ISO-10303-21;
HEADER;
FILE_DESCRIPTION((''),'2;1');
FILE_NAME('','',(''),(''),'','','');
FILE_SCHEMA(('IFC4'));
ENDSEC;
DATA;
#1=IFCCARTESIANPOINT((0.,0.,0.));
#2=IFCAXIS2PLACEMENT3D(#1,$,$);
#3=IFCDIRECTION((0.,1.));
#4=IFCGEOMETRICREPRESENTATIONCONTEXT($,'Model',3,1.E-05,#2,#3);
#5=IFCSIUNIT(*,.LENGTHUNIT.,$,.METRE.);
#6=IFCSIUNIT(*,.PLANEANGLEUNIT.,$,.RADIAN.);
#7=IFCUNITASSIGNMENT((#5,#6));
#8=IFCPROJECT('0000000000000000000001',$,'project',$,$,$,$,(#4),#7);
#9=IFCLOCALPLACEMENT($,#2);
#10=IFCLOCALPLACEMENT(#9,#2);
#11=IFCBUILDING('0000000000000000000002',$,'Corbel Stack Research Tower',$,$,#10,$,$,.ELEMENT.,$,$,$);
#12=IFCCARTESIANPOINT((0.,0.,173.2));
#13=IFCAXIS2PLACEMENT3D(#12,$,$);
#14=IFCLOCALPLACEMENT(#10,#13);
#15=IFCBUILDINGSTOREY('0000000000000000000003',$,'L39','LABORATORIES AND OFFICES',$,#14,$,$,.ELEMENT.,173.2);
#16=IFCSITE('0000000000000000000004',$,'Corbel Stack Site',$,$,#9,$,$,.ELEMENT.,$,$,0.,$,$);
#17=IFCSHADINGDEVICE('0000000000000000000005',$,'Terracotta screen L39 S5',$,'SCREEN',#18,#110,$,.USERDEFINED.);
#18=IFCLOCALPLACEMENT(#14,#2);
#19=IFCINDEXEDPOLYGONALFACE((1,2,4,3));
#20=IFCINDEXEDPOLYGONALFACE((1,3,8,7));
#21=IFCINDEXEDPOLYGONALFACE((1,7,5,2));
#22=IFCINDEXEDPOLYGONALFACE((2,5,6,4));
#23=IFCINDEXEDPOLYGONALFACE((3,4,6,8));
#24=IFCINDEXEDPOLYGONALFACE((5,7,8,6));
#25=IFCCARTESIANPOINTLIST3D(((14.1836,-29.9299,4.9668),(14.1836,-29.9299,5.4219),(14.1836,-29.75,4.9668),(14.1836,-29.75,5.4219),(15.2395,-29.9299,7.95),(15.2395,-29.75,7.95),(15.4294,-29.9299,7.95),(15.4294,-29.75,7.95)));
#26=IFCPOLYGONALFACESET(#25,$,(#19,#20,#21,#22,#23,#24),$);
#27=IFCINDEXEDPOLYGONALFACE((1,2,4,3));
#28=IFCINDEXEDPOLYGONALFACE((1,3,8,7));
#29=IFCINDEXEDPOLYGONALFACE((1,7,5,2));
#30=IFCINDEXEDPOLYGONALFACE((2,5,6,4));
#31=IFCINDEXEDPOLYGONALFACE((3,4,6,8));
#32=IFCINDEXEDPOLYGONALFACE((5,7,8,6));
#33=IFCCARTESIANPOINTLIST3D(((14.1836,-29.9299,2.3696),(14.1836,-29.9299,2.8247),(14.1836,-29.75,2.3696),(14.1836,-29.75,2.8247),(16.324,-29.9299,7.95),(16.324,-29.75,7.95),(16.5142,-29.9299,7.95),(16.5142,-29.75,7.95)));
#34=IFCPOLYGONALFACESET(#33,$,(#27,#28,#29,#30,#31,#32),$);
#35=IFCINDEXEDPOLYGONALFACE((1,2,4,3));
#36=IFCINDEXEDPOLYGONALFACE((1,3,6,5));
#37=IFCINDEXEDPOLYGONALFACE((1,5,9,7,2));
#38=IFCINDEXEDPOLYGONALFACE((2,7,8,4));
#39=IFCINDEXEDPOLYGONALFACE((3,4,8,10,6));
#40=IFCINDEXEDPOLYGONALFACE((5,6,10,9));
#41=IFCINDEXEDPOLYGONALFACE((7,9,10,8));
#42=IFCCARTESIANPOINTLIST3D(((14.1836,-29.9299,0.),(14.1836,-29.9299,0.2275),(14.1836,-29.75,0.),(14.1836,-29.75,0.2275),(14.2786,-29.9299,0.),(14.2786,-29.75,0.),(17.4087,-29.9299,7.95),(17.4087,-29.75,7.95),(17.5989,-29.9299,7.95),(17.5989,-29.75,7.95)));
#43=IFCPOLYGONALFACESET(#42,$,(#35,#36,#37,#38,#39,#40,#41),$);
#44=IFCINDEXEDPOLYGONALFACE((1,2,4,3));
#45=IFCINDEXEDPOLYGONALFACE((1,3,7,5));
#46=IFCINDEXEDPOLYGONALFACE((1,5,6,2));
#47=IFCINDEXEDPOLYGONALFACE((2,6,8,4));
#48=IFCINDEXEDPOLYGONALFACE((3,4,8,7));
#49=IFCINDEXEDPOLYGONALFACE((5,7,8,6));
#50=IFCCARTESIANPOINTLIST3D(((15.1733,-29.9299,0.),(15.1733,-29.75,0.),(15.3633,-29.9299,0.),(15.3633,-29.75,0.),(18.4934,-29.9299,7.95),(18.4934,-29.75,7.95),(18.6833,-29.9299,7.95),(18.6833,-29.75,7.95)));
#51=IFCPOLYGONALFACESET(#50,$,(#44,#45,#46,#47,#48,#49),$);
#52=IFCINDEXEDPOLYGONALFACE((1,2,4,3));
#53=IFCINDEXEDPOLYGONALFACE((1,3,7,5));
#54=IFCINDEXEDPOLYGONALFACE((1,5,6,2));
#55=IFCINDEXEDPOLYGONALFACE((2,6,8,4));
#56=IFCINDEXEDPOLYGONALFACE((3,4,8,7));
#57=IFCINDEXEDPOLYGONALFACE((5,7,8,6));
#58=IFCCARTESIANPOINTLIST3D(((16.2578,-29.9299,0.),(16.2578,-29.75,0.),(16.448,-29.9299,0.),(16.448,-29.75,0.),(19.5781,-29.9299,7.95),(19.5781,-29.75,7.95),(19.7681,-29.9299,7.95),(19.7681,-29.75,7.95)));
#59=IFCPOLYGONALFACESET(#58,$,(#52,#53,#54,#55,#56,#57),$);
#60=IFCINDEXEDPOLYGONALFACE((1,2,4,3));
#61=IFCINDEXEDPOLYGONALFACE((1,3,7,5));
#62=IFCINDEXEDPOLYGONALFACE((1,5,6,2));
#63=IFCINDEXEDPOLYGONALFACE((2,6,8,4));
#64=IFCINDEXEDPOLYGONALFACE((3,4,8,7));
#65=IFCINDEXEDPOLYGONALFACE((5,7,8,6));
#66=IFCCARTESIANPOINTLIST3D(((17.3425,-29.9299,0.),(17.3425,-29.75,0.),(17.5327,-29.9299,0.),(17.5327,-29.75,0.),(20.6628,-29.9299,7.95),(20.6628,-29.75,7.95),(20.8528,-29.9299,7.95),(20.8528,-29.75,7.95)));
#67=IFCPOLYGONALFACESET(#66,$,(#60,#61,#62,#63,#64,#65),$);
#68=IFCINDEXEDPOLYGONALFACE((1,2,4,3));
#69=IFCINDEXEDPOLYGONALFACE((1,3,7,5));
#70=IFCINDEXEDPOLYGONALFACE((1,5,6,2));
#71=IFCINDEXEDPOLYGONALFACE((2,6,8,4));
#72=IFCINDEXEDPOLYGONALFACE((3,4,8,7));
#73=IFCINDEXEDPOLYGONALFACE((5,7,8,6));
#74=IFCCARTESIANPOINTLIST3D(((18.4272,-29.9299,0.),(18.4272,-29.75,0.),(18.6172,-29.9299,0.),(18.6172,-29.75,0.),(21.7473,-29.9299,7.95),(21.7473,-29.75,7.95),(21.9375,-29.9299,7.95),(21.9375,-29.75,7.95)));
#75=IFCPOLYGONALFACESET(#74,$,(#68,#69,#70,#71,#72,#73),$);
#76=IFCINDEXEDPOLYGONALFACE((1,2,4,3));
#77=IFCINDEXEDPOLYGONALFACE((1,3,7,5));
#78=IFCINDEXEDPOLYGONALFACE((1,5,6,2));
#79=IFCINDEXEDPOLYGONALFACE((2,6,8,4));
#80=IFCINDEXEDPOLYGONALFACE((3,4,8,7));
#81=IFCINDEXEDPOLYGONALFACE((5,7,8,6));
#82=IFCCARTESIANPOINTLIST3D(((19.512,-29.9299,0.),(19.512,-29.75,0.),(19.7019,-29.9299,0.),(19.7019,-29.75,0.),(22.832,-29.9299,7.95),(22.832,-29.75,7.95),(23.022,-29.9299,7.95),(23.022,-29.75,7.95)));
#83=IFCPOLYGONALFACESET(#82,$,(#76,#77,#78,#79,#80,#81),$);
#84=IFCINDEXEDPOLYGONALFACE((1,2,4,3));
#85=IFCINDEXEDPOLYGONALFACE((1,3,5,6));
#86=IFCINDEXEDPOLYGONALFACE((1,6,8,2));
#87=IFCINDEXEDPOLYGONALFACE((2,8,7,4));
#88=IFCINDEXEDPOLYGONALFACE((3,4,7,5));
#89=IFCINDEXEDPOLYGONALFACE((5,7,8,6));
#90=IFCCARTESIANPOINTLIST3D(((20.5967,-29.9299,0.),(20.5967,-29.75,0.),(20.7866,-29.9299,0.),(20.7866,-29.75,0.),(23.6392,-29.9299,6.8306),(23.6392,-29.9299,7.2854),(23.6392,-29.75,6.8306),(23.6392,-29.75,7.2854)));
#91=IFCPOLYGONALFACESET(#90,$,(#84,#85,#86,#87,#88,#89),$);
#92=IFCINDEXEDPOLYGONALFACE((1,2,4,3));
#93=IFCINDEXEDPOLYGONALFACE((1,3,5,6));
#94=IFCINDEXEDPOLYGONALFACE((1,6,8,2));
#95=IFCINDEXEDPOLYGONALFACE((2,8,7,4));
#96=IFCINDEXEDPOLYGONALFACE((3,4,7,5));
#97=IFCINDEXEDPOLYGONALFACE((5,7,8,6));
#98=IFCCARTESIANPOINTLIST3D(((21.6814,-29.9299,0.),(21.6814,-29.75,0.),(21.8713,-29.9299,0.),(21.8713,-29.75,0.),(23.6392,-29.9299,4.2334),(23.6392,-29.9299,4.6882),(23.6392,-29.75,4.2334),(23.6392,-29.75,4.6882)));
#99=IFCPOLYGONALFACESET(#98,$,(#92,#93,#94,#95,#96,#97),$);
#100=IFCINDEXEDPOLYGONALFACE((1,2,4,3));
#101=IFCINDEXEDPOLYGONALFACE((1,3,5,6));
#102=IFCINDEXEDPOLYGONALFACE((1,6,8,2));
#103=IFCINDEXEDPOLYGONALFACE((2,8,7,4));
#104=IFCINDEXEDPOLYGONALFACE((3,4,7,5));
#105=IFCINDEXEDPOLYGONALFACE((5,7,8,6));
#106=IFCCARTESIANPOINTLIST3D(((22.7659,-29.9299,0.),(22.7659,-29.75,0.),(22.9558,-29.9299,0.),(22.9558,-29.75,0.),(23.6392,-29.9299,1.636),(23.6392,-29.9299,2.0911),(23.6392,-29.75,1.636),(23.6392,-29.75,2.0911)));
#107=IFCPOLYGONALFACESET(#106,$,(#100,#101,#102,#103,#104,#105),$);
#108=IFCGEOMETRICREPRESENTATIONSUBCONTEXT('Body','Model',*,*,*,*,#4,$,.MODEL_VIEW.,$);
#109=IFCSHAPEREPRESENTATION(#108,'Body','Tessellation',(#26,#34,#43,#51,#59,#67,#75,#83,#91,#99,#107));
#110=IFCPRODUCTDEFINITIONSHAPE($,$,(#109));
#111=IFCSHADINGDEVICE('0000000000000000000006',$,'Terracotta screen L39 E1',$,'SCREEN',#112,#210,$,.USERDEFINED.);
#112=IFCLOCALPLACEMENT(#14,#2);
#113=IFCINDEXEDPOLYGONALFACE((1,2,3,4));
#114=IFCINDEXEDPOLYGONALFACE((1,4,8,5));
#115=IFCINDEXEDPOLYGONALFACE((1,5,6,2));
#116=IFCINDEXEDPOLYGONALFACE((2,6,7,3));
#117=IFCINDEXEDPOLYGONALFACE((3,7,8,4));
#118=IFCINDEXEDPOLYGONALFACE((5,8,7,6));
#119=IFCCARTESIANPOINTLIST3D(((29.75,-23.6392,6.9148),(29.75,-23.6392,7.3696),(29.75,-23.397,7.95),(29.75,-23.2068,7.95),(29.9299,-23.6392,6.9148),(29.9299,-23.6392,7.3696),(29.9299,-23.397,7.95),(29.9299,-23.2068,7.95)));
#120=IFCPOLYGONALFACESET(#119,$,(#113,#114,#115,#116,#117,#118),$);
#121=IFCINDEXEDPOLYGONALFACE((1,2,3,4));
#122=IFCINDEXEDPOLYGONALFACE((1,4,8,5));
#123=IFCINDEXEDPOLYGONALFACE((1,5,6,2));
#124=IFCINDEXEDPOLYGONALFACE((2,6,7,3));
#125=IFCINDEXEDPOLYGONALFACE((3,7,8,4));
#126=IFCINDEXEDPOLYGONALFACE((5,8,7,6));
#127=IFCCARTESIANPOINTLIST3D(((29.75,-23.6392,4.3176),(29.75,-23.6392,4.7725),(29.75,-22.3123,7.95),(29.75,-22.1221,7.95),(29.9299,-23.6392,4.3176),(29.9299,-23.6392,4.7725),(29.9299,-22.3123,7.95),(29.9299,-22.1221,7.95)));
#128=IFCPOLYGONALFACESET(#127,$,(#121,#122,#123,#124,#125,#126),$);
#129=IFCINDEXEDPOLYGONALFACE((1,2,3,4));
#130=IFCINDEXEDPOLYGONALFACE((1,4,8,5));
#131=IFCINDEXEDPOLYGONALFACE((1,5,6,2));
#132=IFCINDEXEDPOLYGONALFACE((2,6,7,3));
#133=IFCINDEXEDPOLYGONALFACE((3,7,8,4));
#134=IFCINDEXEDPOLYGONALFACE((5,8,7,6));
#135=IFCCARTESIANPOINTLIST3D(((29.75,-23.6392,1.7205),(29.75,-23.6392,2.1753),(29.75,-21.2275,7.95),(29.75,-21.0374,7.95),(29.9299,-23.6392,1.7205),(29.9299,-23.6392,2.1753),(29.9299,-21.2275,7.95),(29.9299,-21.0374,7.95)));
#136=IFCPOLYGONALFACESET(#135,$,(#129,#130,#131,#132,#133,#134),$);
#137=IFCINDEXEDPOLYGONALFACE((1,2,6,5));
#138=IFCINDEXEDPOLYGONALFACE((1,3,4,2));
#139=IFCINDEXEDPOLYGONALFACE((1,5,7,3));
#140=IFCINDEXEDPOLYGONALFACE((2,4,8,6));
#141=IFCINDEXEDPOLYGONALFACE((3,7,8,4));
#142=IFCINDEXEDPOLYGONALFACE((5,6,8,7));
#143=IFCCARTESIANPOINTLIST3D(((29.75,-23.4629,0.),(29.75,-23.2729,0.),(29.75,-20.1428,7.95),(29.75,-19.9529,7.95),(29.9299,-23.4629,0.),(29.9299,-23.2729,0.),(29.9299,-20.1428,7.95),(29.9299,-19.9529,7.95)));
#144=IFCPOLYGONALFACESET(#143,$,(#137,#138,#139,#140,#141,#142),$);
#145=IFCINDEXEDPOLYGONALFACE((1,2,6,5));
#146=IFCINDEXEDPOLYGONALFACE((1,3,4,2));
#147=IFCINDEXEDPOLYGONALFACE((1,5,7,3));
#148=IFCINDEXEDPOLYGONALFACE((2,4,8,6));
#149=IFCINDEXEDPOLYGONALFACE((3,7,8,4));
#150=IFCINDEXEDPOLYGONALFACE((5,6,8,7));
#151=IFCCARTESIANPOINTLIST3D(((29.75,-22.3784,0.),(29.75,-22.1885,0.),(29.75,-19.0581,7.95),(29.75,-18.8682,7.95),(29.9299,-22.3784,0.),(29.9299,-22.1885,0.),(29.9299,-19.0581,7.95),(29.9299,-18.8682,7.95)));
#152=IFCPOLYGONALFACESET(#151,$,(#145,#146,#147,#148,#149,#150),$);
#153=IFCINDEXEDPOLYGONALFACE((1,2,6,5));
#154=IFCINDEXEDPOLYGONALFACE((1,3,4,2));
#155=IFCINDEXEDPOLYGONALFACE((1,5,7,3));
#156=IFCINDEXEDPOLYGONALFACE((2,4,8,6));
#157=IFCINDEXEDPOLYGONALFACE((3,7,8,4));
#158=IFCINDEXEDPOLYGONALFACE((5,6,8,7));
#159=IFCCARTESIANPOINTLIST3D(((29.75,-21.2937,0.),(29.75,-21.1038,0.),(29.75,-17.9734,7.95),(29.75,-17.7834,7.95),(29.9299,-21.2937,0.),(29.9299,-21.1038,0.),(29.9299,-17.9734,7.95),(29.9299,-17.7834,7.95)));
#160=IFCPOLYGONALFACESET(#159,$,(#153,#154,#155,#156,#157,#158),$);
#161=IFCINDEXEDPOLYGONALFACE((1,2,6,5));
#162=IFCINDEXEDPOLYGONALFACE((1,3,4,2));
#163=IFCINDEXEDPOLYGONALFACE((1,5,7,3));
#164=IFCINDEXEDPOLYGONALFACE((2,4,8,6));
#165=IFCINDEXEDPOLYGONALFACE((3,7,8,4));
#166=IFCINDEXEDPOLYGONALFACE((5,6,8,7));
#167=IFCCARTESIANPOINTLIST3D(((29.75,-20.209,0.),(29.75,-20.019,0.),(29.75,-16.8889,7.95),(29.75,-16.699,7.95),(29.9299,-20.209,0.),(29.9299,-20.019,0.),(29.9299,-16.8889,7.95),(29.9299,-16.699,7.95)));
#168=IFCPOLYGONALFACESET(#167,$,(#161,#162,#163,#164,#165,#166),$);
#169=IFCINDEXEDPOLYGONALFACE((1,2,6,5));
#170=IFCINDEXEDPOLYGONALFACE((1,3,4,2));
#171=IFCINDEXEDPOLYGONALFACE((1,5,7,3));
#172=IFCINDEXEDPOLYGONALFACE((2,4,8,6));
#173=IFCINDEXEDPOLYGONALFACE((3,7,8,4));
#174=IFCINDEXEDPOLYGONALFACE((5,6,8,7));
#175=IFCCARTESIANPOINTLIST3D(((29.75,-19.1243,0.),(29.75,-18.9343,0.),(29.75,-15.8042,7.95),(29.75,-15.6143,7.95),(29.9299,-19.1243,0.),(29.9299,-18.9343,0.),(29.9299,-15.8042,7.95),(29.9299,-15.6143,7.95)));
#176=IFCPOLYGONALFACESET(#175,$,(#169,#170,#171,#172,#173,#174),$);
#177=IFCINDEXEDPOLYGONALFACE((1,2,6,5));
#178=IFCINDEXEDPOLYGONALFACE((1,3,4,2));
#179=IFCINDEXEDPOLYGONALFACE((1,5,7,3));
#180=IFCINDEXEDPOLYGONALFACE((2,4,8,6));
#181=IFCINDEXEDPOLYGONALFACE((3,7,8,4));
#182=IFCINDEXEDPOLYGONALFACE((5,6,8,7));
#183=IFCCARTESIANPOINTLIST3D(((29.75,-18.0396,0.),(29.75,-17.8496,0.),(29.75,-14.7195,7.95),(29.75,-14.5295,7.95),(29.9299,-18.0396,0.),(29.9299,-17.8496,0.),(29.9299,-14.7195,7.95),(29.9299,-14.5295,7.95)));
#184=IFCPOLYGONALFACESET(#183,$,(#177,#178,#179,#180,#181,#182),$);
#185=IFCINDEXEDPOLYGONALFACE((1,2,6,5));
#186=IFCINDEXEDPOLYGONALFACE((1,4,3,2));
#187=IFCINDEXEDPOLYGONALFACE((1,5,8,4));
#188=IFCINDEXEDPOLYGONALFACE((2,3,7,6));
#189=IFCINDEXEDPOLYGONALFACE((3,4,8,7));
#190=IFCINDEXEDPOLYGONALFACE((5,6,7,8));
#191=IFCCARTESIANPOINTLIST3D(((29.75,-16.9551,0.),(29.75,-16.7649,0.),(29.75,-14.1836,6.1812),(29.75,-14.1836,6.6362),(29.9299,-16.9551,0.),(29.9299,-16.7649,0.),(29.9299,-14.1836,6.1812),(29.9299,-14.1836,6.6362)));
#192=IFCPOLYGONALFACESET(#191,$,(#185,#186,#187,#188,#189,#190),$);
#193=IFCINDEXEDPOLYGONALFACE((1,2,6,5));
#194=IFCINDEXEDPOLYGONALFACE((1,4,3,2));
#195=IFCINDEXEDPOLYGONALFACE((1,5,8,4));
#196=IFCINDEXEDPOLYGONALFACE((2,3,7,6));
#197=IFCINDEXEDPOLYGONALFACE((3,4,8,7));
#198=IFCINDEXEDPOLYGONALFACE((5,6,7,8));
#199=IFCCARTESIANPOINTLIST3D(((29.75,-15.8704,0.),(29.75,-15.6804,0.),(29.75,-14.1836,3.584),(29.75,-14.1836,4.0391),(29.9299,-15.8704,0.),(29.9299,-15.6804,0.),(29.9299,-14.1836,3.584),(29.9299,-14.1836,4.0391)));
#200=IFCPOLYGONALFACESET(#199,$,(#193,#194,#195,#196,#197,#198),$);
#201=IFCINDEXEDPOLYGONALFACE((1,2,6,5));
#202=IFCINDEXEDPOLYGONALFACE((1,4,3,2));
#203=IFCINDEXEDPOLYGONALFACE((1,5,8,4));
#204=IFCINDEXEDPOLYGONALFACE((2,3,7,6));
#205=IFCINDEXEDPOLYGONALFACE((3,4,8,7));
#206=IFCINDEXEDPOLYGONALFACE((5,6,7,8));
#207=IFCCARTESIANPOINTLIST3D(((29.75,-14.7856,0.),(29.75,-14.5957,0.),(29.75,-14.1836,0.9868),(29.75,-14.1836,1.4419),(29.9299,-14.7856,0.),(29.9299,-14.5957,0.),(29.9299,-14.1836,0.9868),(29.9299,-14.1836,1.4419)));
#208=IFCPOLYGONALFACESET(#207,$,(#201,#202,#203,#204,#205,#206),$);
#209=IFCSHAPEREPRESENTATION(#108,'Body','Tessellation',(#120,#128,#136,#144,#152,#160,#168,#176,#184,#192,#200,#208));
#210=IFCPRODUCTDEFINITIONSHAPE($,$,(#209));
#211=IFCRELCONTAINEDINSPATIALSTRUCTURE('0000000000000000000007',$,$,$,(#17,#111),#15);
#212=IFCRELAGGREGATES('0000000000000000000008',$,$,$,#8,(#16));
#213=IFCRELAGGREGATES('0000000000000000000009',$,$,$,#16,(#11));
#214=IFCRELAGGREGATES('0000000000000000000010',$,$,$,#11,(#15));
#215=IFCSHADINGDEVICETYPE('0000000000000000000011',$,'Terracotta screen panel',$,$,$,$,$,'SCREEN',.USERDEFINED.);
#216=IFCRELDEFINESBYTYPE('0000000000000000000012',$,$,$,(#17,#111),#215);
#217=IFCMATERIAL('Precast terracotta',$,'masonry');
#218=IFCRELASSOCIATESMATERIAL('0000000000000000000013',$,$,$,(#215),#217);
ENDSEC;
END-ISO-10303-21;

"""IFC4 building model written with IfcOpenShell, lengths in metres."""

from ifc_helpers import new_model, si_unit, direction, frame, origin, place, context, subcontext, project, spatial, polyline, outline, extrude, source, transform, mapped, material, type_object, element, save


model = new_model("IFC4")

# Units and contexts
model_context = context("Model", 3, precision=1e-05, world=origin(), true_north=direction((0.0, 1.0)))
body_context = subcontext(model_context, "Body", "Model", "MODEL_VIEW")
ifc_project = project(units=[si_unit("LENGTHUNIT", "METRE"), si_unit("PLANEANGLEUNIT", "RADIAN")], contexts=[model_context])

# Site, building, storey
site_placement = place(None, origin())
site = spatial("IfcSite", under=ifc_project, at=site_placement, Name="Corbel Stack Site", CompositionType="ELEMENT", RefElevation=0.0)
building_placement = place(site_placement, origin())
building = spatial("IfcBuilding", under=site, at=building_placement, Name="Corbel Stack Research Tower", CompositionType="ELEMENT")
storey_placement = place(building_placement, frame((0.0, 0.0, 173.2)))
storey = spatial("IfcBuildingStorey", under=building, at=storey_placement, Name="L39", Description="LABORATORIES AND OFFICES", CompositionType="ELEMENT", Elevation=173.2)

# Shading devices
ifc_material_1 = material(Name="Precast terracotta", Category="masonry")
shading_device_type = type_object("IfcShadingDeviceType", Name="Terracotta screen panel", ElementType="SCREEN", PredefinedType="USERDEFINED", material=ifc_material_1)
shared_shape_1 = source(origin(), body_context, "Body", "SweptSolid", [
    extrude(outline(polyline([(1.2458, 7.95), (1.0559, 7.95), (0.0, 5.4219), (0.0, 4.9668), (1.2458, 7.95)])), frame((0.0, 0.0, 0.0), z_axis=(0.0, -1.0, 0.0), x_axis=(1.0, 0.0, 0.0)), (0.0, 0.0, 1.0), 0.1799),
    extrude(outline(polyline([(2.3306, 7.95), (2.1404, 7.95), (0.0, 2.8247), (0.0, 2.3696), (2.3306, 7.95)])), frame((0.0, 0.0, 0.0), z_axis=(0.0, -1.0, 0.0), x_axis=(1.0, 0.0, 0.0)), (0.0, 0.0, 1.0), 0.1799),
    extrude(outline(polyline([(0.095, 0.0), (3.4153, 7.95), (3.2251, 7.95), (0.0, 0.2275), (0.0, 0.0), (0.095, 0.0)])), frame((0.0, 0.0, 0.0), z_axis=(0.0, -1.0, 0.0), x_axis=(1.0, 0.0, 0.0)), (0.0, 0.0, 1.0), 0.1799),
    extrude(outline(polyline([(1.1797, 0.0), (4.4998, 7.95), (4.3098, 7.95), (0.9897, 0.0), (1.1797, 0.0)])), frame((0.0, 0.0, 0.0), z_axis=(0.0, -1.0, 0.0), x_axis=(1.0, 0.0, 0.0)), (0.0, 0.0, 1.0), 0.1799),
    extrude(outline(polyline([(2.2644, 0.0), (5.5845, 7.95), (5.3945, 7.95), (2.0742, 0.0), (2.2644, 0.0)])), frame((0.0, 0.0, 0.0), z_axis=(0.0, -1.0, 0.0), x_axis=(1.0, 0.0, 0.0)), (0.0, 0.0, 1.0), 0.1799),
    extrude(outline(polyline([(3.3491, 0.0), (6.6692, 7.95), (6.4792, 7.95), (3.1589, 0.0), (3.3491, 0.0)])), frame((0.0, 0.0, 0.0), z_axis=(0.0, -1.0, 0.0), x_axis=(1.0, 0.0, 0.0)), (0.0, 0.0, 1.0), 0.1799),
    extrude(outline(polyline([(4.4336, 0.0), (7.7539, 7.95), (7.5637, 7.95), (4.2437, 0.0), (4.4336, 0.0)])), frame((0.0, 0.0, 0.0), z_axis=(0.0, -1.0, 0.0), x_axis=(1.0, 0.0, 0.0)), (0.0, 0.0, 1.0), 0.1799),
    extrude(outline(polyline([(5.5183, 0.0), (8.8384, 7.95), (8.6484, 7.95), (5.3284, 0.0), (5.5183, 0.0)])), frame((0.0, 0.0, 0.0), z_axis=(0.0, -1.0, 0.0), x_axis=(1.0, 0.0, 0.0)), (0.0, 0.0, 1.0), 0.1799),
    extrude(outline(polyline([(6.603, 0.0), (9.4556, 6.8306), (9.4556, 7.2854), (6.4131, 0.0), (6.603, 0.0)])), frame((0.0, 0.0, 0.0), z_axis=(0.0, -1.0, 0.0), x_axis=(1.0, 0.0, 0.0)), (0.0, 0.0, 1.0), 0.1799),
    extrude(outline(polyline([(7.6877, 0.0), (9.4556, 4.2334), (9.4556, 4.6882), (7.4978, 0.0), (7.6877, 0.0)])), frame((0.0, 0.0, 0.0), z_axis=(0.0, -1.0, 0.0), x_axis=(1.0, 0.0, 0.0)), (0.0, 0.0, 1.0), 0.1799),
    extrude(outline(polyline([(8.7722, 0.0), (9.4556, 1.636), (9.4556, 2.0911), (8.5823, 0.0), (8.7722, 0.0)])), frame((0.0, 0.0, 0.0), z_axis=(0.0, -1.0, 0.0), x_axis=(1.0, 0.0, 0.0)), (0.0, 0.0, 1.0), 0.1799),
])
shading_device_1_placement = place(storey_placement, frame((14.1836, -29.75, 0.0), z_axis=(0.0, 0.0, 1.0), x_axis=(1.0, 0.0, 0.0)))
element("IfcShadingDevice", 1, at=shading_device_1_placement, inside=storey, type_object=shading_device_type, Name="Terracotta screen L39 S5", ObjectType="SCREEN", PredefinedType="USERDEFINED", context=body_context, shape_type="MappedRepresentation", body=[
    mapped(shared_shape_1, transform((0.0, 0.0, 0.0))),
])
shared_shape_2 = source(origin(), body_context, "Body", "SweptSolid", [
    extrude(outline(polyline([(0.4324, 7.95), (0.2422, 7.95), (0.0, 7.3696), (0.0, 6.9148), (0.4324, 7.95)])), frame((0.0, 0.0, 0.0), z_axis=(0.0, -1.0, 0.0), x_axis=(1.0, 0.0, 0.0)), (0.0, 0.0, 1.0), 0.1799),
    extrude(outline(polyline([(1.5171, 7.95), (1.3269, 7.95), (0.0, 4.7725), (0.0, 4.3176), (1.5171, 7.95)])), frame((0.0, 0.0, 0.0), z_axis=(0.0, -1.0, 0.0), x_axis=(1.0, 0.0, 0.0)), (0.0, 0.0, 1.0), 0.1799),
    extrude(outline(polyline([(2.6018, 7.95), (2.4116, 7.95), (0.0, 2.1753), (0.0, 1.7205), (2.6018, 7.95)])), frame((0.0, 0.0, 0.0), z_axis=(0.0, -1.0, 0.0), x_axis=(1.0, 0.0, 0.0)), (0.0, 0.0, 1.0), 0.1799),
    extrude(outline(polyline([(0.3662, 0.0), (3.6863, 7.95), (3.4963, 7.95), (0.1763, 0.0), (0.3662, 0.0)])), frame((0.0, 0.0, 0.0), z_axis=(0.0, -1.0, 0.0), x_axis=(1.0, 0.0, 0.0)), (0.0, 0.0, 1.0), 0.1799),
    extrude(outline(polyline([(1.4507, 0.0), (4.771, 7.95), (4.5811, 7.95), (1.2607, 0.0), (1.4507, 0.0)])), frame((0.0, 0.0, 0.0), z_axis=(0.0, -1.0, 0.0), x_axis=(1.0, 0.0, 0.0)), (0.0, 0.0, 1.0), 0.1799),
    extrude(outline(polyline([(2.5354, 0.0), (5.8557, 7.95), (5.6658, 7.95), (2.3455, 0.0), (2.5354, 0.0)])), frame((0.0, 0.0, 0.0), z_axis=(0.0, -1.0, 0.0), x_axis=(1.0, 0.0, 0.0)), (0.0, 0.0, 1.0), 0.1799),
    extrude(outline(polyline([(3.6201, 0.0), (6.9402, 7.95), (6.7502, 7.95), (3.4302, 0.0), (3.6201, 0.0)])), frame((0.0, 0.0, 0.0), z_axis=(0.0, -1.0, 0.0), x_axis=(1.0, 0.0, 0.0)), (0.0, 0.0, 1.0), 0.1799),
    extrude(outline(polyline([(4.7048, 0.0), (8.0249, 7.95), (7.835, 7.95), (4.5149, 0.0), (4.7048, 0.0)])), frame((0.0, 0.0, 0.0), z_axis=(0.0, -1.0, 0.0), x_axis=(1.0, 0.0, 0.0)), (0.0, 0.0, 1.0), 0.1799),
    extrude(outline(polyline([(5.7896, 0.0), (9.1096, 7.95), (8.9197, 7.95), (5.5996, 0.0), (5.7896, 0.0)])), frame((0.0, 0.0, 0.0), z_axis=(0.0, -1.0, 0.0), x_axis=(1.0, 0.0, 0.0)), (0.0, 0.0, 1.0), 0.1799),
    extrude(outline(polyline([(6.8743, 0.0), (9.4556, 6.1812), (9.4556, 6.6362), (6.6841, 0.0), (6.8743, 0.0)])), frame((0.0, 0.0, 0.0), z_axis=(0.0, -1.0, 0.0), x_axis=(1.0, 0.0, 0.0)), (0.0, 0.0, 1.0), 0.1799),
    extrude(outline(polyline([(7.9587, 0.0), (9.4556, 3.584), (9.4556, 4.0391), (7.7688, 0.0), (7.9587, 0.0)])), frame((0.0, 0.0, 0.0), z_axis=(0.0, -1.0, 0.0), x_axis=(1.0, 0.0, 0.0)), (0.0, 0.0, 1.0), 0.1799),
    extrude(outline(polyline([(9.0435, 0.0), (9.4556, 0.9868), (9.4556, 1.4419), (8.8535, 0.0), (9.0435, 0.0)])), frame((0.0, 0.0, 0.0), z_axis=(0.0, -1.0, 0.0), x_axis=(1.0, 0.0, 0.0)), (0.0, 0.0, 1.0), 0.1799),
])
shading_device_2_placement = place(storey_placement, frame((29.75, -23.6392, 0.0), z_axis=(0.0, 0.0, 1.0), x_axis=(0.0, 1.0, 0.0)))
element("IfcShadingDevice", 2, at=shading_device_2_placement, inside=storey, type_object=shading_device_type, Name="Terracotta screen L39 E1", ObjectType="SCREEN", PredefinedType="USERDEFINED", context=body_context, shape_type="MappedRepresentation", body=[
    mapped(shared_shape_2, transform((0.0, 0.0, 0.0))),
])

save(model, "model.ifc")
